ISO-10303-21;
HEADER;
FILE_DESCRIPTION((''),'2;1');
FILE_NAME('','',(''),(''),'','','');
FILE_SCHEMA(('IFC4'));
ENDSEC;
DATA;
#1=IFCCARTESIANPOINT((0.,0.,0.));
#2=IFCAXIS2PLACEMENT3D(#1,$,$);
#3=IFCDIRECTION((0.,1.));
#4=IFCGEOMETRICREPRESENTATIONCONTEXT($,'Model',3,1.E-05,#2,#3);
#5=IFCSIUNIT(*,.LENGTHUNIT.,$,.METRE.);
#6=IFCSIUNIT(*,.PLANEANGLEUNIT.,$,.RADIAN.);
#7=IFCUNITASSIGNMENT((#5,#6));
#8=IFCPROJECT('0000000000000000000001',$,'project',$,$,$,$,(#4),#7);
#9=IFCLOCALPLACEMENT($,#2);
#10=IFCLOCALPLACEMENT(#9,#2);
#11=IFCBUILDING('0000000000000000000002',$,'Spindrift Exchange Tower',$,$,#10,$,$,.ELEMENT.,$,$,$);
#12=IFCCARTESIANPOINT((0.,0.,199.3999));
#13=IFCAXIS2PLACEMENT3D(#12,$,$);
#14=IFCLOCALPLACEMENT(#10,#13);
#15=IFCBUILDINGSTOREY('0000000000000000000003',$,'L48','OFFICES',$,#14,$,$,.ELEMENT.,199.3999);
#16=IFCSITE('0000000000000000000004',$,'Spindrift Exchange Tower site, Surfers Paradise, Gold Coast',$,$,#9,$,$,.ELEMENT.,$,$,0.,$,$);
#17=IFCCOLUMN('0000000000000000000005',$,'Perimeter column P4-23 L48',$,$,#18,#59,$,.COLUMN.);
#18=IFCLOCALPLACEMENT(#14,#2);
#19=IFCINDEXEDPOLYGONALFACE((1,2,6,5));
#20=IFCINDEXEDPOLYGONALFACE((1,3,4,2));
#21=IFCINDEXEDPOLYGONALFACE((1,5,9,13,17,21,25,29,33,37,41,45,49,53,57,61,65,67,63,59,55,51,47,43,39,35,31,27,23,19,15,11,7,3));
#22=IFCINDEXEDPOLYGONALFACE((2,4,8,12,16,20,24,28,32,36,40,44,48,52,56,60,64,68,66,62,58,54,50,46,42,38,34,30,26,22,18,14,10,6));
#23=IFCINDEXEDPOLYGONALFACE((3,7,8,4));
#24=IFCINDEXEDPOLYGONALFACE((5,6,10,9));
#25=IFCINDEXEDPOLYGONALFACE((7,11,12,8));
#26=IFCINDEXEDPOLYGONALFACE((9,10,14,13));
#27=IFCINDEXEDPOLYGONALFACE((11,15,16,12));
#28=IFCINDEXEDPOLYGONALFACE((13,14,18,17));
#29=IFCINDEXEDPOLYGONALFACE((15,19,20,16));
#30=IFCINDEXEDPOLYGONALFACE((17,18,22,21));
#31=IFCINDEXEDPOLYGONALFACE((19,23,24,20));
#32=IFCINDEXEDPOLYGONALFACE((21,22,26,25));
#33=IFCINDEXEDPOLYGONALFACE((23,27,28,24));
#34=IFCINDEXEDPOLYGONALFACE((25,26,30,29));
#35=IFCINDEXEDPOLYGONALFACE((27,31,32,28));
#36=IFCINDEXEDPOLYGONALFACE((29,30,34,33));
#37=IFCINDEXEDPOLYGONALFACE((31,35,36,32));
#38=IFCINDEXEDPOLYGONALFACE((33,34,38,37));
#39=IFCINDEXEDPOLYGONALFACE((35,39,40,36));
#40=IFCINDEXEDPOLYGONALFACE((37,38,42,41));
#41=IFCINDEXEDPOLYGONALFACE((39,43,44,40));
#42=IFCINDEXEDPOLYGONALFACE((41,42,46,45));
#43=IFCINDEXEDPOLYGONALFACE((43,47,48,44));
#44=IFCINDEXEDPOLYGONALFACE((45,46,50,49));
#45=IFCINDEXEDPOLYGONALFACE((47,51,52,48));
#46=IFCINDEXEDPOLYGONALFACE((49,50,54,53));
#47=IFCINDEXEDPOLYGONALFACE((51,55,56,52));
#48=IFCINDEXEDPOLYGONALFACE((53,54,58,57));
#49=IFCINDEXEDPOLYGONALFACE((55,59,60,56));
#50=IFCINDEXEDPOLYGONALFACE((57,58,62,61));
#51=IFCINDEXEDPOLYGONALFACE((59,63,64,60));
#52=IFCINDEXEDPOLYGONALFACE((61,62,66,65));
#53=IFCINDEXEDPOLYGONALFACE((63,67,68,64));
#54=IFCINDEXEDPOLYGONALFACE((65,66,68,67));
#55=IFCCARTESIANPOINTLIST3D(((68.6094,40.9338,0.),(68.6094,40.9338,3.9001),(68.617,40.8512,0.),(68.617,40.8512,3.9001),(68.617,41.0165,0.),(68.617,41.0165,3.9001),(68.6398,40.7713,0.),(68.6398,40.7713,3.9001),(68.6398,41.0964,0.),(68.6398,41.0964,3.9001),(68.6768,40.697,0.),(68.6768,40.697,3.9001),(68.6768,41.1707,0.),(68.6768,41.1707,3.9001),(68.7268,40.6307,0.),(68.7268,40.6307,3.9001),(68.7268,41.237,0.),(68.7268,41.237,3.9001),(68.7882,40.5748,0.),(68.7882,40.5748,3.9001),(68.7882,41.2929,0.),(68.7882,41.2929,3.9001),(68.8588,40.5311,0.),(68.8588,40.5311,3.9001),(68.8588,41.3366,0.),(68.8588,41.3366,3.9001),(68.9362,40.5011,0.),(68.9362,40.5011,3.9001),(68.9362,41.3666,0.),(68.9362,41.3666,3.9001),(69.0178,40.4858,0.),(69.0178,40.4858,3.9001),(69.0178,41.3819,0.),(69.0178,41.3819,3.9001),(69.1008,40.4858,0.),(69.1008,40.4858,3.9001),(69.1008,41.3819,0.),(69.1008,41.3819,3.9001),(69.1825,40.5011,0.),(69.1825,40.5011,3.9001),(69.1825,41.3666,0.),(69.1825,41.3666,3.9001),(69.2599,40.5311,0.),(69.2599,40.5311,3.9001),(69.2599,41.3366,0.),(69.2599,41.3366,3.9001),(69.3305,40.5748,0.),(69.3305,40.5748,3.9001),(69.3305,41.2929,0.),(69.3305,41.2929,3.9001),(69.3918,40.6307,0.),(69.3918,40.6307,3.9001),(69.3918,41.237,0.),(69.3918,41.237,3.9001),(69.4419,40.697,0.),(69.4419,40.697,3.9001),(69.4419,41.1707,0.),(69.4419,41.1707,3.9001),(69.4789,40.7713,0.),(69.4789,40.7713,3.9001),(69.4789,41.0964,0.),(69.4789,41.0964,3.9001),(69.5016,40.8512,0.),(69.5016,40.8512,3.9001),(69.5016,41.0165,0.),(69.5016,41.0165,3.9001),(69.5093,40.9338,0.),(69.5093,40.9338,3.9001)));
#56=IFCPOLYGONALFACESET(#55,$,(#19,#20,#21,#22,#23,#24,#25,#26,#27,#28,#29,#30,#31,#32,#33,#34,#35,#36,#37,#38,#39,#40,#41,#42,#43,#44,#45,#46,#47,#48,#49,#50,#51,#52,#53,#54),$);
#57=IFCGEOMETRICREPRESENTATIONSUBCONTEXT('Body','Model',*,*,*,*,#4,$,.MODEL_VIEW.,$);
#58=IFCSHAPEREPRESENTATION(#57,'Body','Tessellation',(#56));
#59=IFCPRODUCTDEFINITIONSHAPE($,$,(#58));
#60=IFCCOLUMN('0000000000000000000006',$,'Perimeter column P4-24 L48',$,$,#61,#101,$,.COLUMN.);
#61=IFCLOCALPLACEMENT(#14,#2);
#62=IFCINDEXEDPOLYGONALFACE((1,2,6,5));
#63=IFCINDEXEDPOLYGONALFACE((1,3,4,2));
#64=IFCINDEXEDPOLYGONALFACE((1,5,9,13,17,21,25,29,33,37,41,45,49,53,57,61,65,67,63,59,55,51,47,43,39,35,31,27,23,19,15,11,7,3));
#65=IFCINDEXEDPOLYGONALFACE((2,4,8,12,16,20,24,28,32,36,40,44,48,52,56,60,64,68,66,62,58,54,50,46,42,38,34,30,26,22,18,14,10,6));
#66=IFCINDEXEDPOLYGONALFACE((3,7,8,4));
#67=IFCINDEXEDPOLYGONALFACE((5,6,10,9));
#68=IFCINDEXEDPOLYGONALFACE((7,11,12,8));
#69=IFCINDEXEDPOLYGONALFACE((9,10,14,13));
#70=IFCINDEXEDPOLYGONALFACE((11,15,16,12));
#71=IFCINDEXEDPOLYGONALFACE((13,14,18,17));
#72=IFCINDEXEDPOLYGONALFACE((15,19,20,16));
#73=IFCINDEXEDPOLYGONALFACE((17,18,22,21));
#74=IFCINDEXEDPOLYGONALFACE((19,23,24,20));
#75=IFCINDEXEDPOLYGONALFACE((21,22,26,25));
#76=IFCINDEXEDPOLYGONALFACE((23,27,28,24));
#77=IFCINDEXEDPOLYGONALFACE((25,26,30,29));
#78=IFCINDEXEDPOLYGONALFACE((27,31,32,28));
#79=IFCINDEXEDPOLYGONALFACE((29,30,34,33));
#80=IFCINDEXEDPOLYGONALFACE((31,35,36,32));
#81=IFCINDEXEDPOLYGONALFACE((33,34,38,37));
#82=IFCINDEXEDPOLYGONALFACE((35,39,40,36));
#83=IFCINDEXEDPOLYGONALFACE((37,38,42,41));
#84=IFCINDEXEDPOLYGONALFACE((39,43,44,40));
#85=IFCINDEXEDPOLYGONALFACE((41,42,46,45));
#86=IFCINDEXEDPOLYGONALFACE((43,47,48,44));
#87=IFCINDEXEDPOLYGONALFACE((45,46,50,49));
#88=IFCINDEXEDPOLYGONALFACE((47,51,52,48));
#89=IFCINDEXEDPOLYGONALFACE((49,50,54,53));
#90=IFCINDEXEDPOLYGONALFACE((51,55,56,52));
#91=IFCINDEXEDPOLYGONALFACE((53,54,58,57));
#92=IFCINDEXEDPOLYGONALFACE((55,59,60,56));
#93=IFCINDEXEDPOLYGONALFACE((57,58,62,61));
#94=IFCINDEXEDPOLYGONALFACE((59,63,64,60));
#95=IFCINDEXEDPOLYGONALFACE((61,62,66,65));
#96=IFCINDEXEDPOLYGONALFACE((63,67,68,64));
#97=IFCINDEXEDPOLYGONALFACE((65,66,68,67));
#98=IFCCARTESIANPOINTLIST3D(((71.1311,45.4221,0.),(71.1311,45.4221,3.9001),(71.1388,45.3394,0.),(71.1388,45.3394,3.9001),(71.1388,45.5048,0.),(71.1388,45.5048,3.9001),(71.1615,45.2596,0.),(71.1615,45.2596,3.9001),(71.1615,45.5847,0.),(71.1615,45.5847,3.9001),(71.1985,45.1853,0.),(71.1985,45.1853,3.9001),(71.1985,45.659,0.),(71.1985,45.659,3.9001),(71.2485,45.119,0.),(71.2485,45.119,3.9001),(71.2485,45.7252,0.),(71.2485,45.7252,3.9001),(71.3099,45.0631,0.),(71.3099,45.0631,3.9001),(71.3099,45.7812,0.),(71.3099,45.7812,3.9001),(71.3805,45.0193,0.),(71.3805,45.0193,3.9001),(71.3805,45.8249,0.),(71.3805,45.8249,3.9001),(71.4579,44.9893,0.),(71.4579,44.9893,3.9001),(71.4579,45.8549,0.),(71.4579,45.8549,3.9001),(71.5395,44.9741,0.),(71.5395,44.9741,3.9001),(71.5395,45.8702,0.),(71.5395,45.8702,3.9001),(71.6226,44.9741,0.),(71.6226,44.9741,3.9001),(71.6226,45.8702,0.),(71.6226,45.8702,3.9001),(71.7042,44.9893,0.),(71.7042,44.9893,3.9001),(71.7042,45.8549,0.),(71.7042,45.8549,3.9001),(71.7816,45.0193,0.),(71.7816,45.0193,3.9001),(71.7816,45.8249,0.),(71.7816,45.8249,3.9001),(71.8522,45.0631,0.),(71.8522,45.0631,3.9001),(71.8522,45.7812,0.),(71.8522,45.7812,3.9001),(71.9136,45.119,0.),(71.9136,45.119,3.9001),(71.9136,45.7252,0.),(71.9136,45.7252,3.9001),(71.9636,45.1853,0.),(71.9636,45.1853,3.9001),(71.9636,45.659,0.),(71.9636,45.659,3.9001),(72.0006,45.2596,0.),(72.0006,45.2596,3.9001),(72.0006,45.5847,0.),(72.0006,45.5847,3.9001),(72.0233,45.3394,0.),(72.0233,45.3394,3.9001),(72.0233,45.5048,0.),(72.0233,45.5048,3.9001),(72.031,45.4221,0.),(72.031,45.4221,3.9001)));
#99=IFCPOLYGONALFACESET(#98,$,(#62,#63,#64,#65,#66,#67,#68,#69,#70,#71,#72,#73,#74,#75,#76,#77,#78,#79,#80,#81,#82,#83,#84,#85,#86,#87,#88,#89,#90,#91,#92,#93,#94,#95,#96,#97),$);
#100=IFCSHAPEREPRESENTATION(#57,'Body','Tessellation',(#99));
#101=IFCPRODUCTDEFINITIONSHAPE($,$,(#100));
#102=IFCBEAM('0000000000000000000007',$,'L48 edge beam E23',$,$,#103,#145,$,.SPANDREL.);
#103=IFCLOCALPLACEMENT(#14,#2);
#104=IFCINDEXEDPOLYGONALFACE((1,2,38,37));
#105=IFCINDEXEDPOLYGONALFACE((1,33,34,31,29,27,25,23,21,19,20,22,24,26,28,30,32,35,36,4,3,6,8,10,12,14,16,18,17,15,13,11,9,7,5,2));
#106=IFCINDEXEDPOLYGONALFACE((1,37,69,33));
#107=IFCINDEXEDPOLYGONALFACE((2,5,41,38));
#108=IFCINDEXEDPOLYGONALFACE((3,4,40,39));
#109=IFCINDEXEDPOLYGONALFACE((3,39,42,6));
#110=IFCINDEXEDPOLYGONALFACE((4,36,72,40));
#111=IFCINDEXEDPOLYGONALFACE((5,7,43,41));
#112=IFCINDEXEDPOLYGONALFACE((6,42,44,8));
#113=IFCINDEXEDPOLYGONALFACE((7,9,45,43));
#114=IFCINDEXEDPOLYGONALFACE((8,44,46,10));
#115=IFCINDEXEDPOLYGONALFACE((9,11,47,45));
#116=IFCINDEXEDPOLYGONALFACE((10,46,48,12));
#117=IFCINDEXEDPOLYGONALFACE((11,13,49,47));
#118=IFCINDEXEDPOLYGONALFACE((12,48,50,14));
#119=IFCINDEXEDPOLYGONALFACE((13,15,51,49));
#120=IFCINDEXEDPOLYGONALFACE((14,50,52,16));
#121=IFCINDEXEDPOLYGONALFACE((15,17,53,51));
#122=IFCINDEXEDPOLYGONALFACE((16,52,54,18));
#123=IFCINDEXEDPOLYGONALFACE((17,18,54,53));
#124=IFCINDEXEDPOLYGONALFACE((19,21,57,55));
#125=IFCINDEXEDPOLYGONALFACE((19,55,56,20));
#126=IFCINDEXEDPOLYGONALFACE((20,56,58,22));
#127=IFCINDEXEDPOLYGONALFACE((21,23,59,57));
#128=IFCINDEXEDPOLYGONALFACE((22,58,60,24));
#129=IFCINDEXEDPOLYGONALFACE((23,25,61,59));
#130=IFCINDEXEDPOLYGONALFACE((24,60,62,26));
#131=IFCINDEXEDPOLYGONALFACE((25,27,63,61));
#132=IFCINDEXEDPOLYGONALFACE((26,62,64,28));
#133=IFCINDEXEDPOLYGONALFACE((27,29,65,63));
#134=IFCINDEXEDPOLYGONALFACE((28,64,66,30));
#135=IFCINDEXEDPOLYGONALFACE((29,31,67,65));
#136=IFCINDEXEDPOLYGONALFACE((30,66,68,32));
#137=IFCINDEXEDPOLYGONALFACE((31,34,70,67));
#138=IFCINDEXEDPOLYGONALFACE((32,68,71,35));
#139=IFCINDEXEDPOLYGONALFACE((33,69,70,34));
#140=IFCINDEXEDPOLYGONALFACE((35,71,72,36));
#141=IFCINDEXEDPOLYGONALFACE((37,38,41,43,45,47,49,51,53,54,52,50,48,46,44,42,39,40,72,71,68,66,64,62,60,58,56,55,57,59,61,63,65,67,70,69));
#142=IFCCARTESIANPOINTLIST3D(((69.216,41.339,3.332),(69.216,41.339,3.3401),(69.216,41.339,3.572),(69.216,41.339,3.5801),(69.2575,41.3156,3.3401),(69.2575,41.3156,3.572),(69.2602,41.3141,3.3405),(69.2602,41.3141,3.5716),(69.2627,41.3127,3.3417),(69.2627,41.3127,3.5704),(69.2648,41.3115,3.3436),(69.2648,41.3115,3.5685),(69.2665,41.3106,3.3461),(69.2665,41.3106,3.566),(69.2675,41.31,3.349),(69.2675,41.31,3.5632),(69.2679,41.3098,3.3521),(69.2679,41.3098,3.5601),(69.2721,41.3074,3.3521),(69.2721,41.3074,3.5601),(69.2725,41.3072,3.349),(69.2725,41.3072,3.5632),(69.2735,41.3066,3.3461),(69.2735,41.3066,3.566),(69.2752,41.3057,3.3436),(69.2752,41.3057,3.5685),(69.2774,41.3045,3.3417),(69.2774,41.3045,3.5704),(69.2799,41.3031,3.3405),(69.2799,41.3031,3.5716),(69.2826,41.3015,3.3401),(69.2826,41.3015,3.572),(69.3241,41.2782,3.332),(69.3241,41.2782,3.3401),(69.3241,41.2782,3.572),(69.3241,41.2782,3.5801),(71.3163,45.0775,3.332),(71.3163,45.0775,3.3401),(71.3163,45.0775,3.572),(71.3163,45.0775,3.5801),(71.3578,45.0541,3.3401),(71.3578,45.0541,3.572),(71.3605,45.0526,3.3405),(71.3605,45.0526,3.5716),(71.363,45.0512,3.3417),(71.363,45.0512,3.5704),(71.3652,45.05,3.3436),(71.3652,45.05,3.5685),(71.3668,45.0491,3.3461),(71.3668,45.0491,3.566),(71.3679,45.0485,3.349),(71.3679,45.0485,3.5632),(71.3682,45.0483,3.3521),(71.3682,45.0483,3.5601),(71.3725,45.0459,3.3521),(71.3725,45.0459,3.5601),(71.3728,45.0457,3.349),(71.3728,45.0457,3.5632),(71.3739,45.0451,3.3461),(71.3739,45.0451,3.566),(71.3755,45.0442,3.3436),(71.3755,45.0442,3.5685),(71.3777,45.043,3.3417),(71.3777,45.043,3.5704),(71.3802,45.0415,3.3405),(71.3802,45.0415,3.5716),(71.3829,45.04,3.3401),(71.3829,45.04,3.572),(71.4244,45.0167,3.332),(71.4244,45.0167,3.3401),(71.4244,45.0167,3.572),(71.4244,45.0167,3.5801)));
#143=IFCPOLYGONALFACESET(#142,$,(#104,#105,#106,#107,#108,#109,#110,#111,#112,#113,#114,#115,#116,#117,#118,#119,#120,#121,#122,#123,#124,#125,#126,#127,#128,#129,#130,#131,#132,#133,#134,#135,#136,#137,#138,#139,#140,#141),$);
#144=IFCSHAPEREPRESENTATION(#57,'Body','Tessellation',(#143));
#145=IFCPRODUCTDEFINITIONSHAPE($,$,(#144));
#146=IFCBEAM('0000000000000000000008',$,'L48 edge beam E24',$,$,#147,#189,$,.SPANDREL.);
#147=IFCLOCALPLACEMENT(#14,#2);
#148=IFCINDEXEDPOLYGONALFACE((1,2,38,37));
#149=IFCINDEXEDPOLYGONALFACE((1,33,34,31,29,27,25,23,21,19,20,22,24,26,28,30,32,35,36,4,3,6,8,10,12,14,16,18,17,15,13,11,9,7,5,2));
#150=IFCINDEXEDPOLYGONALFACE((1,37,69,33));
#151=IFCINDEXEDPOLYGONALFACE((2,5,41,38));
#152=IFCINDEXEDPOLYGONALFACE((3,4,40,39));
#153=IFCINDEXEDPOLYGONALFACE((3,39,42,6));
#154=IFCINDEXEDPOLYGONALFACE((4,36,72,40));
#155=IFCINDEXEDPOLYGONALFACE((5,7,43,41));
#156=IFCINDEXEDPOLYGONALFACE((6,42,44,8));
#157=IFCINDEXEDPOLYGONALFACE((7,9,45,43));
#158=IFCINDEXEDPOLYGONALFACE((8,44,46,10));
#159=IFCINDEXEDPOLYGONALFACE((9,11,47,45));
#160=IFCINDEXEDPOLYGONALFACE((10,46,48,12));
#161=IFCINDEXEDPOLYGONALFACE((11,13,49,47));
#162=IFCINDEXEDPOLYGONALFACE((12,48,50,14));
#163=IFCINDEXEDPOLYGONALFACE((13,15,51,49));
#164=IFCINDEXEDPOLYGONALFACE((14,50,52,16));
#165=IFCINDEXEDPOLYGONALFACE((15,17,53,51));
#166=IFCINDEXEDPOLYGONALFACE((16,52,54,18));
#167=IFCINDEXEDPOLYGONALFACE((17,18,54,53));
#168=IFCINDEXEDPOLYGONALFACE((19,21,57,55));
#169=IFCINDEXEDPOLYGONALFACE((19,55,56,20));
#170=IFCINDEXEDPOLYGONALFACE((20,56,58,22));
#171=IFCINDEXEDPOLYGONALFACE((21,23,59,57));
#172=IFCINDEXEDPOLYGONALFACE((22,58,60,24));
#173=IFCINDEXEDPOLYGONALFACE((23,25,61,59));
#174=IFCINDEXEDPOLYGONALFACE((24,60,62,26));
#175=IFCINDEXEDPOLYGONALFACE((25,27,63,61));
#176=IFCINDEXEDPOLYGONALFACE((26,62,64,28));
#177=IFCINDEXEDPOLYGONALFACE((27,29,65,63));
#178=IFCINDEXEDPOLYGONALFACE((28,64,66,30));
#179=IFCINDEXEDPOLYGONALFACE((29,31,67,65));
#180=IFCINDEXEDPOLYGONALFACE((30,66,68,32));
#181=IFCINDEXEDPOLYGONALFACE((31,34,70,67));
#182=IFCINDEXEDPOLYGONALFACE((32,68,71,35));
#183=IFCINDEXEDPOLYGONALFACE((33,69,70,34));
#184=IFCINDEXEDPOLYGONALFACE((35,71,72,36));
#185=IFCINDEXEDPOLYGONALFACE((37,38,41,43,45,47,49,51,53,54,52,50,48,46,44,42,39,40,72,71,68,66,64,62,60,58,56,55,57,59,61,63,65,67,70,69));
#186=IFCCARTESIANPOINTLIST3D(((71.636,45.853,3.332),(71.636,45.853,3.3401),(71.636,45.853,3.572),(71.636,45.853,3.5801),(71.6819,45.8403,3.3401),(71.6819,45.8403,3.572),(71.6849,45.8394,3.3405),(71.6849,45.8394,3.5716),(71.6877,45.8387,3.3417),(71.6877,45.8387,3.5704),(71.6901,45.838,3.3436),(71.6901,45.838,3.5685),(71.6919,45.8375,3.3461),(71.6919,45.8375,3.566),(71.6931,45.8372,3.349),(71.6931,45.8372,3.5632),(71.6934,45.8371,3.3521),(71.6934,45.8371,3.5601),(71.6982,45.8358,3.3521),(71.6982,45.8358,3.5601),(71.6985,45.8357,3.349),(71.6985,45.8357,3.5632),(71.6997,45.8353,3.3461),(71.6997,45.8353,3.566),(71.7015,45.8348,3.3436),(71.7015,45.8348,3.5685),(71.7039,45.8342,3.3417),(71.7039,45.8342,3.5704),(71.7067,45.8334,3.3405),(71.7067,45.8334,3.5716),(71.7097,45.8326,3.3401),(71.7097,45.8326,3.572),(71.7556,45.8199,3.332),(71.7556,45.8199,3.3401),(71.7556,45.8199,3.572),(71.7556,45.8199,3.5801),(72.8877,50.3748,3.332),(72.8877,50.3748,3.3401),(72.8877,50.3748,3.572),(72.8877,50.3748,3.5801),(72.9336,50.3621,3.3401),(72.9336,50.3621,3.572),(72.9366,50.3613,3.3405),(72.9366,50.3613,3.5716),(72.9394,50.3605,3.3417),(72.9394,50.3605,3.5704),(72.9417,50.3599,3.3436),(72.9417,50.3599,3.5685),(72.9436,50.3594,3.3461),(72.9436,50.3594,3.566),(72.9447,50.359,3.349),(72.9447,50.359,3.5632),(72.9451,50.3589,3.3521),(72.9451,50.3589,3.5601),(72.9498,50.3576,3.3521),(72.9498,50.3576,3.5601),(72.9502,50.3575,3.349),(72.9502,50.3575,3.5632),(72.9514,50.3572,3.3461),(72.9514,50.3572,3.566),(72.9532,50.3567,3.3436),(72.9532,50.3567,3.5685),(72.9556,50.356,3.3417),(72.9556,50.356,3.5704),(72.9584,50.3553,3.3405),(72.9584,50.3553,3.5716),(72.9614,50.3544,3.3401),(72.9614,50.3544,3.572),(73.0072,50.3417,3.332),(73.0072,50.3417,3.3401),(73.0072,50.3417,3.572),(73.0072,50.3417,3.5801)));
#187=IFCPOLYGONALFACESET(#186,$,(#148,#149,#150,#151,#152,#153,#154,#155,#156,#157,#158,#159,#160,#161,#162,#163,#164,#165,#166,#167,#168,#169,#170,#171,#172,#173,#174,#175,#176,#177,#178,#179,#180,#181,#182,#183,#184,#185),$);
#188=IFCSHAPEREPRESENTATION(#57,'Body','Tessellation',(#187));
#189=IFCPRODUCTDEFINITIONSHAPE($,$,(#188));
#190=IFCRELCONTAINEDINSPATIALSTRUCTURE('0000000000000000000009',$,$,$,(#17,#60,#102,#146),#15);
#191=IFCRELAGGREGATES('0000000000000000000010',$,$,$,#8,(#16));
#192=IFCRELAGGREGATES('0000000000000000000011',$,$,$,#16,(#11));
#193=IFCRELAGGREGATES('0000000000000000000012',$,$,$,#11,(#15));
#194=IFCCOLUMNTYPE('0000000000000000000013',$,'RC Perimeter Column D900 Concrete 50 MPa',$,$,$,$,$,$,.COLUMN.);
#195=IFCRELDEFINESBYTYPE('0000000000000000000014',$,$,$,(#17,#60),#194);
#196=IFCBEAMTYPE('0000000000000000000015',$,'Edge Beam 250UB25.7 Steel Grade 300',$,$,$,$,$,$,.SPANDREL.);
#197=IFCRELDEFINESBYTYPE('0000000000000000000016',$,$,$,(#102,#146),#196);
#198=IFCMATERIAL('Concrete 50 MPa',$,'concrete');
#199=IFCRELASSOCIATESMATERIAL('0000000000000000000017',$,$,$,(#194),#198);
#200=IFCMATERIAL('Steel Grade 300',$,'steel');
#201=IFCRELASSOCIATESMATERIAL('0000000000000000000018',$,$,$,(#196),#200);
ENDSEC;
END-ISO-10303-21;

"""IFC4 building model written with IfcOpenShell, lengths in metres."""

from ifc_helpers import new_model, si_unit, direction, frame, origin, origin_2d, place, context, subcontext, project, spatial, circle, i_section, extrude, source, transform, mapped, material, material_profile, profile_set, type_object, element, save


model = new_model("IFC4")

# Units and contexts
model_context = context("Model", 3, precision=1e-05, world=origin(), true_north=direction((0.0, 1.0)))
body_context = subcontext(model_context, "Body", "Model", "MODEL_VIEW")
ifc_project = project(units=[si_unit("LENGTHUNIT", "METRE"), si_unit("PLANEANGLEUNIT", "RADIAN")], contexts=[model_context])

# Site, building, storey
site_placement = place(None, origin())
site = spatial("IfcSite", under=ifc_project, at=site_placement, Name="Spindrift Exchange Tower site, Surfers Paradise, Gold Coast", CompositionType="ELEMENT", RefElevation=0.0)
building_placement = place(site_placement, origin())
building = spatial("IfcBuilding", under=site, at=building_placement, Name="Spindrift Exchange Tower", CompositionType="ELEMENT")
storey_placement = place(building_placement, frame((0.0, 0.0, 199.3999)))
storey = spatial("IfcBuildingStorey", under=building, at=storey_placement, Name="L48", Description="OFFICES", CompositionType="ELEMENT", Elevation=199.3999)

# Columns
ifc_material_1 = material(Name="Concrete 50 MPa", Category="concrete")
ifc_material_profile_1 = material_profile(ifc_material_1, circle(Radius=0.45, at=origin_2d()), Name="RC D900")
ifc_profile_set_1 = profile_set([ifc_material_profile_1], Name="Concrete 50 MPa")
column_type = type_object("IfcColumnType", Name="RC Perimeter Column D900 Concrete 50 MPa", PredefinedType="COLUMN", material=ifc_profile_set_1)
shared_shape_1 = source(origin(), body_context, "Body", "SweptSolid", [
    extrude(circle(Radius=0.45, at=origin_2d()), origin(), (0.0, 0.0, 1.0), 3.9001),
])
for number, where, z_axis, x_axis, name in (
    (1, (69.0593, 40.9338, 0.0), (0.0, 0.0, 1.0), (1.0, 0.0, 0.0), "Perimeter column P4-23 L48"),
    (2, (71.5811, 45.4221, 0.0), (0.0, 0.0, 1.0), (1.0, 0.0, 0.0), "Perimeter column P4-24 L48"),
):
    element("IfcColumn", number, at=place(storey_placement, frame(where, z_axis=z_axis, x_axis=x_axis)), inside=storey, type_object=column_type, Name=name, PredefinedType="COLUMN", context=body_context, shape_type="MappedRepresentation", body=[
        mapped(shared_shape_1, transform((0.0, 0.0, 0.0), scale=1.0)),
    ])

# Beams
ifc_material_2 = material(Name="Steel Grade 300", Category="steel")
ifc_material_profile_2 = material_profile(ifc_material_2, i_section(OverallWidth=0.124, OverallDepth=0.248, WebThickness=0.0049, FlangeThickness=0.0081, FilletRadius=0.012, at=origin_2d()), Name="250UB25.7")
ifc_profile_set_2 = profile_set([ifc_material_profile_2], Name="Steel Grade 300")
beam_type_1 = type_object("IfcBeamType", Name="Edge Beam 250UB25.7 Steel Grade 300", PredefinedType="SPANDREL", material=ifc_profile_set_2)
shared_shape_2 = source(origin(), body_context, "Body", "SweptSolid", [
    extrude(i_section(OverallWidth=0.124, OverallDepth=0.248, WebThickness=0.0049, FlangeThickness=0.0081, FilletRadius=0.012, at=origin_2d()), origin(), (0.0, 0.0, 1.0), 4.2881),
])
beam_1_placement = place(storey_placement, frame((69.27, 41.3086, 3.4561), z_axis=(0.489804, 0.871832, 0.0), x_axis=(-0.871832, 0.489804, 0.0)))
element("IfcBeam", 3, at=beam_1_placement, inside=storey, type_object=beam_type_1, Name="L48 edge beam E23", PredefinedType="SPANDREL", context=body_context, shape_type="MappedRepresentation", body=[
    mapped(shared_shape_2, transform((0.0, 0.0, 0.0), scale=1.0)),
])
shared_shape_3 = source(origin(), body_context, "Body", "SweptSolid", [
    extrude(i_section(OverallWidth=0.124, OverallDepth=0.248, WebThickness=0.0049, FlangeThickness=0.0081, FilletRadius=0.012, at=origin_2d()), origin(), (0.0, 0.0, 1.0), 4.6919),
])
beam_2_placement = place(storey_placement, frame((71.6958, 45.8364, 3.4561), z_axis=(0.266774, 0.963759, 0.0), x_axis=(-0.963759, 0.266774, 0.0)))
element("IfcBeam", 4, at=beam_2_placement, inside=storey, type_object=beam_type_1, Name="L48 edge beam E24", PredefinedType="SPANDREL", context=body_context, shape_type="MappedRepresentation", body=[
    mapped(shared_shape_3, transform((0.0, 0.0, 0.0), scale=1.0)),
])

save(model, "model.ifc")
